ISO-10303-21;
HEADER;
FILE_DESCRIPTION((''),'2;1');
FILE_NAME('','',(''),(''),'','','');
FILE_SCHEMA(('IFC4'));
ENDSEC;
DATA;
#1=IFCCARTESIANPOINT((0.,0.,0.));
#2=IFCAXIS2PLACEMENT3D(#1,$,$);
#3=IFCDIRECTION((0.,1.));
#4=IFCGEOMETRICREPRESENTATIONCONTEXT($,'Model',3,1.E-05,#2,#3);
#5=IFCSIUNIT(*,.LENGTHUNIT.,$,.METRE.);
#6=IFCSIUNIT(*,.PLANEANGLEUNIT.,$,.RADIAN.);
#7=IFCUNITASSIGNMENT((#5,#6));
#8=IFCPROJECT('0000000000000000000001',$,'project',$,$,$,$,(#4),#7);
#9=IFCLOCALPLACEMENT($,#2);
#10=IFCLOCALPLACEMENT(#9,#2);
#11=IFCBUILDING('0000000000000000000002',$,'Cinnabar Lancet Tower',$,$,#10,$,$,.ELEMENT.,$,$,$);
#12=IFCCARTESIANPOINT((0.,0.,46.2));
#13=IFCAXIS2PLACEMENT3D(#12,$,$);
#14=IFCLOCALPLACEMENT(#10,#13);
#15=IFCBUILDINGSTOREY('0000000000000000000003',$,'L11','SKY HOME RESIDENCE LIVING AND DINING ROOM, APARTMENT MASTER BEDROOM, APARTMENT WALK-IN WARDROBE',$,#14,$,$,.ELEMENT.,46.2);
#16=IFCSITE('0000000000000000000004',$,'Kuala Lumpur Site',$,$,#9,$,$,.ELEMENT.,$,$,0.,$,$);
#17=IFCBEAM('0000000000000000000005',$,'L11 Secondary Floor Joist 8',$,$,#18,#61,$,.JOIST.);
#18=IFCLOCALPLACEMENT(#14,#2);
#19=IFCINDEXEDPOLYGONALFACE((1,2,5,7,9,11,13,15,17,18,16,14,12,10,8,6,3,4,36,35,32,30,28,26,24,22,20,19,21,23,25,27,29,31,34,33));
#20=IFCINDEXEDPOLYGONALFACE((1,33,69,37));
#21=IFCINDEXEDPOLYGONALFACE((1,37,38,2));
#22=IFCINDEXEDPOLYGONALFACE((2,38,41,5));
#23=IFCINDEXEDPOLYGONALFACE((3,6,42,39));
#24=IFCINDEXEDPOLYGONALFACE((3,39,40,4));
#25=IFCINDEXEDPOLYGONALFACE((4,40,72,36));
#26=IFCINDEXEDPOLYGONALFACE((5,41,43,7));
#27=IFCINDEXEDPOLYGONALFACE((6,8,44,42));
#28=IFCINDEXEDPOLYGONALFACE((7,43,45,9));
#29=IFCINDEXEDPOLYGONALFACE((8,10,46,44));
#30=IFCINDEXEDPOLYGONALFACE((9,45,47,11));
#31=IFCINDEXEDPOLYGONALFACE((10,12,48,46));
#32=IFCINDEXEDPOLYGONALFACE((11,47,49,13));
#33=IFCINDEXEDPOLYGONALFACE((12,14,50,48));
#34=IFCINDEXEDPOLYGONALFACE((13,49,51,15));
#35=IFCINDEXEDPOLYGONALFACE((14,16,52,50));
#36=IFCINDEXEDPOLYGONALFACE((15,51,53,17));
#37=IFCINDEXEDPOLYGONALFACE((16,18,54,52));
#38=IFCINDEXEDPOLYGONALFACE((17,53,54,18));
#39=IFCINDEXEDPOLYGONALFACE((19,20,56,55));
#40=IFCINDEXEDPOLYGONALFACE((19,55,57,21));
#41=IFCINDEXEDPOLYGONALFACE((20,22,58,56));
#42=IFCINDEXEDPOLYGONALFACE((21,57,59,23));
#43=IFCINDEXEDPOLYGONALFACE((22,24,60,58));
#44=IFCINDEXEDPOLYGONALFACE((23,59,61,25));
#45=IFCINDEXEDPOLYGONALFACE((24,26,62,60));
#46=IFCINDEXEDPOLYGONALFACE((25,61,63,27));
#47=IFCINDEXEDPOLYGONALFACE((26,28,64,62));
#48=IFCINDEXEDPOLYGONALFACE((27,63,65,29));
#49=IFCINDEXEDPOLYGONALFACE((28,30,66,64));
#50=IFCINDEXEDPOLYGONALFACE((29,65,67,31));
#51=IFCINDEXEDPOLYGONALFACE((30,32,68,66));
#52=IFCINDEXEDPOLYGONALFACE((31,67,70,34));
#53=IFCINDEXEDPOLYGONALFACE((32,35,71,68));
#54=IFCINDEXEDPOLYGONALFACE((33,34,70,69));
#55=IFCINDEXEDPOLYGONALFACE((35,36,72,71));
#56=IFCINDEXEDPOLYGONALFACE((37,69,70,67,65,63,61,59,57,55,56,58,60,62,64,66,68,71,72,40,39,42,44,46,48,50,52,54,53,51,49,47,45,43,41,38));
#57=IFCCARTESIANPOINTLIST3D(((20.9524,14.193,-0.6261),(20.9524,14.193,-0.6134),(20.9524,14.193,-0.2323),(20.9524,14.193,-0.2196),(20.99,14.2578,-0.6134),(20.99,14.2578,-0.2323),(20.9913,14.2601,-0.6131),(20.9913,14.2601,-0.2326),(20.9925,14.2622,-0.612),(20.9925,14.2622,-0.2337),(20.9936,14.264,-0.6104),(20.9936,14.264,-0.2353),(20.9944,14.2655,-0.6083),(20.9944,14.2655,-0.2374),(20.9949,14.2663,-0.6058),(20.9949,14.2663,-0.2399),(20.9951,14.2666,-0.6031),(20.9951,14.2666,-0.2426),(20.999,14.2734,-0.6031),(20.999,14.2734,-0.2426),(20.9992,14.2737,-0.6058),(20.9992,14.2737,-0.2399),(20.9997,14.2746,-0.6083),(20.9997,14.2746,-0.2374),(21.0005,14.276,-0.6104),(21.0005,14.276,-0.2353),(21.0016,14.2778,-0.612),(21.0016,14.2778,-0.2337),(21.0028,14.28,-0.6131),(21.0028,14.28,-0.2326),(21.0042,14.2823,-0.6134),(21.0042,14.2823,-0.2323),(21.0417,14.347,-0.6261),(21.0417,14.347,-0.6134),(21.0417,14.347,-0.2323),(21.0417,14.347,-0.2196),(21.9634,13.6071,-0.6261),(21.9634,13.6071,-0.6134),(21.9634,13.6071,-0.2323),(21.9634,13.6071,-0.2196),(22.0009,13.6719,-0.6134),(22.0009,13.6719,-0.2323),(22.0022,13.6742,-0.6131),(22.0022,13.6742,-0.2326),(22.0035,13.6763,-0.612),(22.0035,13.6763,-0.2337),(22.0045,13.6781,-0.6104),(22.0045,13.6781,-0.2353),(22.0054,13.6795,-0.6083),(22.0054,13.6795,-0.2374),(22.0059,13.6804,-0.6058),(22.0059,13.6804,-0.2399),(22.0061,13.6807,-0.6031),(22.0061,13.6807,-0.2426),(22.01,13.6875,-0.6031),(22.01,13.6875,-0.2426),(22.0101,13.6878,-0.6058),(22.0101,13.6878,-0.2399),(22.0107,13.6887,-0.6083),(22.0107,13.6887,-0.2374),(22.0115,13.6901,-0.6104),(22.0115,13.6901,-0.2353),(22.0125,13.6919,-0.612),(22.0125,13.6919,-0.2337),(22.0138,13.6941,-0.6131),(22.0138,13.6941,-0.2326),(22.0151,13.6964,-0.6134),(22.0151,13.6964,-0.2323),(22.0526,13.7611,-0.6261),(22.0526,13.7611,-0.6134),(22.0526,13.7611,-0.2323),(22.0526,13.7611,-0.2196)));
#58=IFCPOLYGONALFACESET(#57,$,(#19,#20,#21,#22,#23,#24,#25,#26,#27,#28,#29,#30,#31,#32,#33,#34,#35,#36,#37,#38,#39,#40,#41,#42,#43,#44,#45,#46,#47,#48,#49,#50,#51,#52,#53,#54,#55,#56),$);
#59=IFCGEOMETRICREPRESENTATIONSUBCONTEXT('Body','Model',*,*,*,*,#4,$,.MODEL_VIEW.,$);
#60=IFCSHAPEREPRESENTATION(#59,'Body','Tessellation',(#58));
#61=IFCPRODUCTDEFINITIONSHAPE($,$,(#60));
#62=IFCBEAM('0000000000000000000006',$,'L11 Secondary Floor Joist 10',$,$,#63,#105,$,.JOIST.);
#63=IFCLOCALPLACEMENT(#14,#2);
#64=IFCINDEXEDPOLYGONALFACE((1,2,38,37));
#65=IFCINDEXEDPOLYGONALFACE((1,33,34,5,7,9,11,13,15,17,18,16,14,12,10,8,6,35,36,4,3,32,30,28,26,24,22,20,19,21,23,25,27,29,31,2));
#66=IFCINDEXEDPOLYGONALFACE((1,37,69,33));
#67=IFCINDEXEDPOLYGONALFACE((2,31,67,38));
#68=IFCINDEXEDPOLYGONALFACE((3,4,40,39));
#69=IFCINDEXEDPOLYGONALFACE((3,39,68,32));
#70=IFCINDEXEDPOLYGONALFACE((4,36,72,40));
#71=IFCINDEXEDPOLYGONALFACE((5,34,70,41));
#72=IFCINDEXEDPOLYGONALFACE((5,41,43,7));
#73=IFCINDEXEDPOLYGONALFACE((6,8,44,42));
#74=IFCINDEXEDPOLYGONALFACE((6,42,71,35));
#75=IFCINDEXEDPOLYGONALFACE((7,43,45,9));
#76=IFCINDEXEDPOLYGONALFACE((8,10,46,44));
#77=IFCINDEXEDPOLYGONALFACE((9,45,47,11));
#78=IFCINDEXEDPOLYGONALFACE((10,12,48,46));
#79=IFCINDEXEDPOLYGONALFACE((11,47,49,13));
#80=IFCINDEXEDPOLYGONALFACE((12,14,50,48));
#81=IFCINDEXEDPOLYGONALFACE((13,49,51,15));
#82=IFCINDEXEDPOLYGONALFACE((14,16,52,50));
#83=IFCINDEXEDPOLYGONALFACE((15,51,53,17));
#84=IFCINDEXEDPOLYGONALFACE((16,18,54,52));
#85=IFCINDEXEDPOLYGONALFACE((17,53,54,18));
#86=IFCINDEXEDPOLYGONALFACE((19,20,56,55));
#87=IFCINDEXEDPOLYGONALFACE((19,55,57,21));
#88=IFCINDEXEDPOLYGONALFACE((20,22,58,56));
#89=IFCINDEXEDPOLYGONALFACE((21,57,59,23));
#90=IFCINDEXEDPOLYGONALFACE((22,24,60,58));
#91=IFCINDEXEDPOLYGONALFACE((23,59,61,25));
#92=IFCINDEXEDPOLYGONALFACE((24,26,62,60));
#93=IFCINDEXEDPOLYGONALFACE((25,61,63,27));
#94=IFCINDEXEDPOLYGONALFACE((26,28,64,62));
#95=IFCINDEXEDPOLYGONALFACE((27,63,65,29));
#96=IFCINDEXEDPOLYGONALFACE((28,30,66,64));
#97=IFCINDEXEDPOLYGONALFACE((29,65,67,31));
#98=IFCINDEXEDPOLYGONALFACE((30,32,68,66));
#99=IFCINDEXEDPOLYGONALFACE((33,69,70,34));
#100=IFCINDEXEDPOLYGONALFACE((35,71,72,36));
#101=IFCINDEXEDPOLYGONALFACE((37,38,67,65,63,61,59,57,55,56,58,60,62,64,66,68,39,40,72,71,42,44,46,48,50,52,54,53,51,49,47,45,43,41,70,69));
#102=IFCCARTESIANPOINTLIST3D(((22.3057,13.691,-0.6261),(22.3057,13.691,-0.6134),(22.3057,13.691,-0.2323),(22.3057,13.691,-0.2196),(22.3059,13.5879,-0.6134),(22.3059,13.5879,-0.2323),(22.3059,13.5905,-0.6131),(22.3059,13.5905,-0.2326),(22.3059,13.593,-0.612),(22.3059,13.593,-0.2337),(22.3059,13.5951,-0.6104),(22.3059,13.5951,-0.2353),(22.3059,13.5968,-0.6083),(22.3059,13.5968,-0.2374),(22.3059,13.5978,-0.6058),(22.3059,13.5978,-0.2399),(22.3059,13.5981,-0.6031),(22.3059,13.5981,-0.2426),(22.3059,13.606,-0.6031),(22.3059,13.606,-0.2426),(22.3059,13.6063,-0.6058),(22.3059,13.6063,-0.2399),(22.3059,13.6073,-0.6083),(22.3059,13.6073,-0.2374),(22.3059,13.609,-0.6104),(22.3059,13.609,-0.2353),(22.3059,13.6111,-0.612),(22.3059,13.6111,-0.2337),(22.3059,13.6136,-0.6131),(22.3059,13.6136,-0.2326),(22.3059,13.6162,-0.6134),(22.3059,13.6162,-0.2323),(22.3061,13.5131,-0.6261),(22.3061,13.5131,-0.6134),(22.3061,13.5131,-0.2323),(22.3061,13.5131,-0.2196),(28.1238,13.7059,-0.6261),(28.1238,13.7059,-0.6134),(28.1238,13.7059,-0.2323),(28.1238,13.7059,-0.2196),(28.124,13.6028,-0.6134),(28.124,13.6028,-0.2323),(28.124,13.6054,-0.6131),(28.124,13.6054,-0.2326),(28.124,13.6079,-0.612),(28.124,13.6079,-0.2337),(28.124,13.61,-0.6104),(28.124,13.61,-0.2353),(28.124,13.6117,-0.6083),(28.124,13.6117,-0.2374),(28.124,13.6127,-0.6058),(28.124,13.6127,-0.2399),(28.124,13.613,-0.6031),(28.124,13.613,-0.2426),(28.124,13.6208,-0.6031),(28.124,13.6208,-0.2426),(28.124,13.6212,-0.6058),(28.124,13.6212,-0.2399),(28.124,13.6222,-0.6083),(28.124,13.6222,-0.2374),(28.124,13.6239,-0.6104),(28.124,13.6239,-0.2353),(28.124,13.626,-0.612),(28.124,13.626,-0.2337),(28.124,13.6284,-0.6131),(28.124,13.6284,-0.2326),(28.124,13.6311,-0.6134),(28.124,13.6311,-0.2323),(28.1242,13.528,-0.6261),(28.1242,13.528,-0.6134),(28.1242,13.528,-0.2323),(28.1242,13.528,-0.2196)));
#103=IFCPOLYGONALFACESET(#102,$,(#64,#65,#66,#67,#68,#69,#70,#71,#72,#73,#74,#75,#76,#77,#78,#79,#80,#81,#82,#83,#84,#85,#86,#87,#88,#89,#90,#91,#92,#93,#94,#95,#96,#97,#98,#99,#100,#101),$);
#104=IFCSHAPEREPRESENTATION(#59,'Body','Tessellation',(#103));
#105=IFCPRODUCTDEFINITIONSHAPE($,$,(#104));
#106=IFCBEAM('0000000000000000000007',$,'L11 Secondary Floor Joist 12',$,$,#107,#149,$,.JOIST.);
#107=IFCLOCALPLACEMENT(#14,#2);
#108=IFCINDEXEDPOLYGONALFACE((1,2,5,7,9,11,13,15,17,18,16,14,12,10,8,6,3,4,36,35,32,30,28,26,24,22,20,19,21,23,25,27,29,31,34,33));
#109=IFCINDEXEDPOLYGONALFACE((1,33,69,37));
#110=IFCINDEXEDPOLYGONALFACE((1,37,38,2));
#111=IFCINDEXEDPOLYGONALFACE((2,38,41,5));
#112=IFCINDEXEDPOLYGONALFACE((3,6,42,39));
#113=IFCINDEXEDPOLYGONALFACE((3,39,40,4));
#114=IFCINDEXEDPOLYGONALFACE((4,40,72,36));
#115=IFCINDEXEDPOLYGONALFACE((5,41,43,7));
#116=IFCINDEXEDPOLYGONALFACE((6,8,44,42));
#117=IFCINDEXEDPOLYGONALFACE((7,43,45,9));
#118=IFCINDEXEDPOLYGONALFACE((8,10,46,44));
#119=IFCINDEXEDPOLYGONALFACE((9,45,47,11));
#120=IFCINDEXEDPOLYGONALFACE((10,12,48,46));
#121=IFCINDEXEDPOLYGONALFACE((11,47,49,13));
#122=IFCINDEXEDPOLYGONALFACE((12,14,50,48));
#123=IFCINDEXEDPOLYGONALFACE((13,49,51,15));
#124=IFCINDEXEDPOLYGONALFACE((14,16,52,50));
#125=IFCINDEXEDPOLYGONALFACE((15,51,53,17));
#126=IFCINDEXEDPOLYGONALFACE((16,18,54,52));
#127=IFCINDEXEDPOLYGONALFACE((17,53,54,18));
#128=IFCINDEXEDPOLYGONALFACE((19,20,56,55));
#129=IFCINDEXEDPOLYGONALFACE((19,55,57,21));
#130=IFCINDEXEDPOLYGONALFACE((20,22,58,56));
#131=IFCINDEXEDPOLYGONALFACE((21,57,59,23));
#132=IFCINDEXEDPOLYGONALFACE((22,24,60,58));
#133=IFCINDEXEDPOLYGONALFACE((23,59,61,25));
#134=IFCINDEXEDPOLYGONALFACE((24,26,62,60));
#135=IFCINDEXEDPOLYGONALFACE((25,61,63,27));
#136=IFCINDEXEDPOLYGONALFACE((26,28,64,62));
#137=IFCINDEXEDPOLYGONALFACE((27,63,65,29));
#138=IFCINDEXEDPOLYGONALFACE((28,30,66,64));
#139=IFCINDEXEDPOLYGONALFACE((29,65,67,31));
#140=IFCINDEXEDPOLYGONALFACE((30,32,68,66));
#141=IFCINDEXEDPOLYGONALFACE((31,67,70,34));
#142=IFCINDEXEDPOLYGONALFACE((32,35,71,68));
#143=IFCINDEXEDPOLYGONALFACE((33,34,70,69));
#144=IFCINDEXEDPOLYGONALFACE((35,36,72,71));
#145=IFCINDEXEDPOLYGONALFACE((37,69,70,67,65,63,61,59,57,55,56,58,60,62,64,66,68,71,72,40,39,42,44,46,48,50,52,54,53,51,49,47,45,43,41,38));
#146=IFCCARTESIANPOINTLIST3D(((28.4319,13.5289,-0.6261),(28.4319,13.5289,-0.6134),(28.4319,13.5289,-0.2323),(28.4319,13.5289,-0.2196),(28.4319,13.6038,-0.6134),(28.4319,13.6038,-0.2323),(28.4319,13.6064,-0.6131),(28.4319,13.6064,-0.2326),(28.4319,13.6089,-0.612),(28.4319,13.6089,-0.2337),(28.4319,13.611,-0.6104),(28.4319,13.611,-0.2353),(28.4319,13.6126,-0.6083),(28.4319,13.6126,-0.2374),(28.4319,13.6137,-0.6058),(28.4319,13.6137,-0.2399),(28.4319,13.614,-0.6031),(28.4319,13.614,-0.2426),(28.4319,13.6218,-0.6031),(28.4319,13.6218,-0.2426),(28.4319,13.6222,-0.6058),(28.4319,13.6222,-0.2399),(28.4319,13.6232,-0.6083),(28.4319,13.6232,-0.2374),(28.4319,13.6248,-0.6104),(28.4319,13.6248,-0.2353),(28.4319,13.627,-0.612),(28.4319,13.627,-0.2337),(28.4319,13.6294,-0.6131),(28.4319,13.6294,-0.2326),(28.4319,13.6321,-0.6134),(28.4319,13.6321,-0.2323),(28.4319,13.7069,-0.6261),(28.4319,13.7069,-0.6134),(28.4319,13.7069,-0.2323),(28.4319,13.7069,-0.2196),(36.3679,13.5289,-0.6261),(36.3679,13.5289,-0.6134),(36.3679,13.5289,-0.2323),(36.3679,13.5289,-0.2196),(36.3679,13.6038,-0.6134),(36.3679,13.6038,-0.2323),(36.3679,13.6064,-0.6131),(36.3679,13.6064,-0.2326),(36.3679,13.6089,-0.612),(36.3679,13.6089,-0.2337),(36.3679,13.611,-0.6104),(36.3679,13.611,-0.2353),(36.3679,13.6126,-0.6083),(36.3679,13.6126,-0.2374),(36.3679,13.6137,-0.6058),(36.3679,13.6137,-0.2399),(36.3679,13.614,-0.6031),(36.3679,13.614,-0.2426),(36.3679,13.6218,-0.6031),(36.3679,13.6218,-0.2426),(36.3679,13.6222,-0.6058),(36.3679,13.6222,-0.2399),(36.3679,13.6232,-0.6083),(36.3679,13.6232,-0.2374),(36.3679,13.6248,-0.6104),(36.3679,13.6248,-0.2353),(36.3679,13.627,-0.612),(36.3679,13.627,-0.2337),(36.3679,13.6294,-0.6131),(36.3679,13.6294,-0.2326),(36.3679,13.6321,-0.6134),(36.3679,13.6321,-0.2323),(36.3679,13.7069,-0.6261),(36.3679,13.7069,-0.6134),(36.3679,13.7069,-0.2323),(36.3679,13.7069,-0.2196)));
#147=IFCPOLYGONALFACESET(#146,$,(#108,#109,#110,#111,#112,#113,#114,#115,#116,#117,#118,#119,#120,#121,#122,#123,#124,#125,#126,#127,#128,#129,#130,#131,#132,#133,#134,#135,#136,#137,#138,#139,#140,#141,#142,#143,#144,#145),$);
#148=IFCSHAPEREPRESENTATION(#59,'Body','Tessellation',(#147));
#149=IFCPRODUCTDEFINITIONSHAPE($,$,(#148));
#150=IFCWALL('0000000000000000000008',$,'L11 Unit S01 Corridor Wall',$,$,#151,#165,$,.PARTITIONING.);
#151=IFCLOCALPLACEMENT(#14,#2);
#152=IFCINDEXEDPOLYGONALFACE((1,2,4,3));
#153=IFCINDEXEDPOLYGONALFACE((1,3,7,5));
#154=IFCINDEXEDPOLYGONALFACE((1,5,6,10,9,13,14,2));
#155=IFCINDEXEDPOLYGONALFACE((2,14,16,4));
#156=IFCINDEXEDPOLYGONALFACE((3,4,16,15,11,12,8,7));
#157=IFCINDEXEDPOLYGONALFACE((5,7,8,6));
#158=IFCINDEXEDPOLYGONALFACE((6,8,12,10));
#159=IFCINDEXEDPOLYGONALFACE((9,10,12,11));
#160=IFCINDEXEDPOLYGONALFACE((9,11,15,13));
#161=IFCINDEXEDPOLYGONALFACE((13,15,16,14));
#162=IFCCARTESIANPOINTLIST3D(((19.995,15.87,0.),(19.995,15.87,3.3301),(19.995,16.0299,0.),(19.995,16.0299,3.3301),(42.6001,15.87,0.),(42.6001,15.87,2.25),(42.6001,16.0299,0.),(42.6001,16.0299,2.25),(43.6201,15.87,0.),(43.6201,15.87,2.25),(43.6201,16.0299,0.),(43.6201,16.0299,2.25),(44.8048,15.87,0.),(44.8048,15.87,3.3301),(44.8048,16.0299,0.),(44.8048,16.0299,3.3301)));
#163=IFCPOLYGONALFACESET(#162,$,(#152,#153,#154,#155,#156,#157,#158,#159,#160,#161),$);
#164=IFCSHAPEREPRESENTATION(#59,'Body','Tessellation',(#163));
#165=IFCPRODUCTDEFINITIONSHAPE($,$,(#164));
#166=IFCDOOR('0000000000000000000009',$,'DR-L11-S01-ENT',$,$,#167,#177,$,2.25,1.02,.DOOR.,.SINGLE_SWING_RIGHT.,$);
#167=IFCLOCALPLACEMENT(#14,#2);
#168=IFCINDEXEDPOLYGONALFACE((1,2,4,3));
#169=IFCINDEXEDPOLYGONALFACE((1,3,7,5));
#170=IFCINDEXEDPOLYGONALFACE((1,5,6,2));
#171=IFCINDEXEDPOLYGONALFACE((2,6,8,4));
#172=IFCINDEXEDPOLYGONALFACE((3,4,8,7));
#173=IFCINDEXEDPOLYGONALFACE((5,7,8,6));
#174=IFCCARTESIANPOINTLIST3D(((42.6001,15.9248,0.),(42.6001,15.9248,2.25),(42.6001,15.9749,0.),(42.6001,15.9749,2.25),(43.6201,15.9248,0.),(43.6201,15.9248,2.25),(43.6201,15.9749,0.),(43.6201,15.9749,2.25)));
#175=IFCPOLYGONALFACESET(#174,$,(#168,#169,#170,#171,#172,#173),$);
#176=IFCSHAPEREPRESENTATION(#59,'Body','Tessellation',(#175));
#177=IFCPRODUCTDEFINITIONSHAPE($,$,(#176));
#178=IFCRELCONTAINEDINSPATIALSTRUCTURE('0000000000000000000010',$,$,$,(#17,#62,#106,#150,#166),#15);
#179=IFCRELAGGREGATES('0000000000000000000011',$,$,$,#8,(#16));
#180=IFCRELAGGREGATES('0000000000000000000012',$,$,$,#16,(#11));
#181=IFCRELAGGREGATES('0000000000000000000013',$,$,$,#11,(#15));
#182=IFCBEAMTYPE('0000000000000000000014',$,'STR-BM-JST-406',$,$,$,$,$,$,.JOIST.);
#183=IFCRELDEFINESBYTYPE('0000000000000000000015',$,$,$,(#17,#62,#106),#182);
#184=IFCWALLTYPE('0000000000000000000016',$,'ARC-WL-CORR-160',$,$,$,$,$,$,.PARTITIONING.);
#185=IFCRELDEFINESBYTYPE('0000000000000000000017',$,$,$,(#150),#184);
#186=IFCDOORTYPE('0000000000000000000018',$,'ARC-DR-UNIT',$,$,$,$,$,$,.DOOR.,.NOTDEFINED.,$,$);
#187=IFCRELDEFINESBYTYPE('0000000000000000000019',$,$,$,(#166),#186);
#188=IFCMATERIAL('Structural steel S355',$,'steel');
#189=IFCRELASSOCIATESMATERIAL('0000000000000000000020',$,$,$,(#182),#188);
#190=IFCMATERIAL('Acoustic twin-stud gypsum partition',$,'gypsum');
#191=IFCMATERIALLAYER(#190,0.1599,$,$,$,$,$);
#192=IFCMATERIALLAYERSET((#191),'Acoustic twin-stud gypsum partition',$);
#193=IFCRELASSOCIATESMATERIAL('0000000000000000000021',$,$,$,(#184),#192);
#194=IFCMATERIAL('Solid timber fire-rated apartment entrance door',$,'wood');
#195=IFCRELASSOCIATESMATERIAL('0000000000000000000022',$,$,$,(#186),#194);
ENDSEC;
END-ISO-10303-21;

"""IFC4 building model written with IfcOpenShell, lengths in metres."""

from ifc_helpers import new_model, si_unit, direction, frame, frame_2d, origin, origin_2d, place, context, subcontext, project, spatial, rectangle, i_section, extrude, material, layer, layer_set, material_profile, profile_set, type_object, element, fill, save


model = new_model("IFC4")

# Units and contexts
model_context = context("Model", 3, precision=1e-05, world=origin(), true_north=direction((0.0, 1.0)))
body_context = subcontext(model_context, "Body", "Model", "MODEL_VIEW")
ifc_project = project(units=[si_unit("LENGTHUNIT", "METRE"), si_unit("PLANEANGLEUNIT", "RADIAN")], contexts=[model_context])

# Site, building, storey
site_placement = place(None, origin())
site = spatial("IfcSite", under=ifc_project, at=site_placement, Name="Kuala Lumpur Site", CompositionType="ELEMENT", RefElevation=0.0)
building_placement = place(site_placement, origin())
building = spatial("IfcBuilding", under=site, at=building_placement, Name="Cinnabar Lancet Tower", CompositionType="ELEMENT")
storey_placement = place(building_placement, frame((0.0, 0.0, 46.2)))
storey = spatial("IfcBuildingStorey", under=building, at=storey_placement, Name="L11", Description="SKY HOME RESIDENCE LIVING AND DINING ROOM, APARTMENT MASTER BEDROOM, APARTMENT WALK-IN WARDROBE", CompositionType="ELEMENT", Elevation=46.2)

# Beams
ifc_material_1 = material(Name="Structural steel S355", Category="steel")
ifc_material_profile_1 = material_profile(ifc_material_1, i_section(OverallWidth=0.178, OverallDepth=0.4065, WebThickness=0.0078, FlangeThickness=0.0127, FilletRadius=0.0103, at=origin_2d()), Name="UKB 406x178x60")
ifc_profile_set_1 = profile_set([ifc_material_profile_1], Name="Structural steel S355")
beam_type = type_object("IfcBeamType", Name="STR-BM-JST-406", PredefinedType="JOIST", material=ifc_profile_set_1)
beam_1_placement = place(storey_placement, frame((20.9971, 14.27, -0.4229), z_axis=(0.865193, -0.50144, 0.0), x_axis=(0.50144, 0.865193, 0.0)))
element("IfcBeam", 1, at=beam_1_placement, inside=storey, type_object=beam_type, Name="L11 Secondary Floor Joist 8", PredefinedType="JOIST", context=body_context, shape_type="SweptSolid", body=[
    extrude(i_section(OverallWidth=0.178, OverallDepth=0.4065, WebThickness=0.0078, FlangeThickness=0.0127, FilletRadius=0.0103, at=origin_2d()), origin(), (0.0, 0.0, 1.0), 1.1685),
])
beam_2_placement = place(storey_placement, frame((22.3059, 13.6021, -0.4229), z_axis=(0.999997, 0.00256, 0.0), x_axis=(-0.00256, 0.999997, 0.0)))
element("IfcBeam", 2, at=beam_2_placement, inside=storey, type_object=beam_type, Name="L11 Secondary Floor Joist 10", PredefinedType="JOIST", context=body_context, shape_type="SweptSolid", body=[
    extrude(i_section(OverallWidth=0.178, OverallDepth=0.4065, WebThickness=0.0078, FlangeThickness=0.0127, FilletRadius=0.0103, at=origin_2d()), origin(), (0.0, 0.0, 1.0), 5.8181),
])
beam_3_placement = place(storey_placement, frame((28.4319, 13.6179, -0.4229), z_axis=(1.0, 0.0, 0.0), x_axis=(0.0, 1.0, 0.0)))
element("IfcBeam", 3, at=beam_3_placement, inside=storey, type_object=beam_type, Name="L11 Secondary Floor Joist 12", PredefinedType="JOIST", context=body_context, shape_type="SweptSolid", body=[
    extrude(i_section(OverallWidth=0.178, OverallDepth=0.4065, WebThickness=0.0078, FlangeThickness=0.0127, FilletRadius=0.0103, at=origin_2d()), origin(), (0.0, 0.0, 1.0), 7.936),
])

# Wall, opening, door
ifc_material_2 = material(Name="Acoustic twin-stud gypsum partition", Category="gypsum")
ifc_layer = layer(ifc_material_2, 0.1599)
ifc_layer_set = layer_set([ifc_layer], Name="Acoustic twin-stud gypsum partition")
wall_type = type_object("IfcWallType", Name="ARC-WL-CORR-160", PredefinedType="PARTITIONING", material=ifc_layer_set)
wall_1_placement = place(storey_placement, frame((19.9951, 15.95, 0.0), z_axis=(0.0, 0.0, 1.0), x_axis=(1.0, 0.0, 0.0)))
wall_1 = element("IfcWall", 4, at=wall_1_placement, inside=storey, type_object=wall_type, Name="L11 Unit S01 Corridor Wall", PredefinedType="PARTITIONING", context=body_context, shape_type="SweptSolid", body=[
    extrude(rectangle(XDim=24.8098, YDim=0.1599, at=frame_2d((12.4048, 0.0))), origin(), (0.0, 0.0, 1.0), 3.3301),
])
opening_1_placement = place(wall_1_placement, frame((22.605, 0.0, 0.0)))
opening_1 = element("IfcOpeningElement", 5, at=opening_1_placement, cuts=wall_1, PredefinedType="OPENING", context=body_context, shape_type="SweptSolid", body=[
    extrude(rectangle(XDim=1.02, YDim=2.25, at=frame_2d((0.51, 1.125))), frame((0.0, 0.0898, 0.0), z_axis=(0.0, -1.0, 0.0), x_axis=(1.0, 0.0, 0.0)), (0.0, 0.0, 1.0), 0.1799),
])
ifc_material_3 = material(Name="Solid timber fire-rated apartment entrance door", Category="wood")
door_type = type_object("IfcDoorType", Name="ARC-DR-UNIT", OperationType="NOTDEFINED", PredefinedType="DOOR", material=ifc_material_3)
door_1_placement = place(opening_1_placement, origin())
door_1 = element("IfcDoor", 6, at=door_1_placement, inside=storey, type_object=door_type, Name="DR-L11-S01-ENT", OperationType="SINGLE_SWING_RIGHT", OverallHeight=2.25, OverallWidth=1.02, PredefinedType="DOOR", context=body_context, shape_type="SweptSolid", body=[
    extrude(rectangle(XDim=1.02, YDim=2.25, at=frame_2d((0.51, 1.125))), frame((0.0, 0.0249, 0.0), z_axis=(0.0, -1.0, 0.0), x_axis=(1.0, 0.0, 0.0)), (0.0, 0.0, 1.0), 0.05),
])
fill(opening_1, door_1)

save(model, "model.ifc")
